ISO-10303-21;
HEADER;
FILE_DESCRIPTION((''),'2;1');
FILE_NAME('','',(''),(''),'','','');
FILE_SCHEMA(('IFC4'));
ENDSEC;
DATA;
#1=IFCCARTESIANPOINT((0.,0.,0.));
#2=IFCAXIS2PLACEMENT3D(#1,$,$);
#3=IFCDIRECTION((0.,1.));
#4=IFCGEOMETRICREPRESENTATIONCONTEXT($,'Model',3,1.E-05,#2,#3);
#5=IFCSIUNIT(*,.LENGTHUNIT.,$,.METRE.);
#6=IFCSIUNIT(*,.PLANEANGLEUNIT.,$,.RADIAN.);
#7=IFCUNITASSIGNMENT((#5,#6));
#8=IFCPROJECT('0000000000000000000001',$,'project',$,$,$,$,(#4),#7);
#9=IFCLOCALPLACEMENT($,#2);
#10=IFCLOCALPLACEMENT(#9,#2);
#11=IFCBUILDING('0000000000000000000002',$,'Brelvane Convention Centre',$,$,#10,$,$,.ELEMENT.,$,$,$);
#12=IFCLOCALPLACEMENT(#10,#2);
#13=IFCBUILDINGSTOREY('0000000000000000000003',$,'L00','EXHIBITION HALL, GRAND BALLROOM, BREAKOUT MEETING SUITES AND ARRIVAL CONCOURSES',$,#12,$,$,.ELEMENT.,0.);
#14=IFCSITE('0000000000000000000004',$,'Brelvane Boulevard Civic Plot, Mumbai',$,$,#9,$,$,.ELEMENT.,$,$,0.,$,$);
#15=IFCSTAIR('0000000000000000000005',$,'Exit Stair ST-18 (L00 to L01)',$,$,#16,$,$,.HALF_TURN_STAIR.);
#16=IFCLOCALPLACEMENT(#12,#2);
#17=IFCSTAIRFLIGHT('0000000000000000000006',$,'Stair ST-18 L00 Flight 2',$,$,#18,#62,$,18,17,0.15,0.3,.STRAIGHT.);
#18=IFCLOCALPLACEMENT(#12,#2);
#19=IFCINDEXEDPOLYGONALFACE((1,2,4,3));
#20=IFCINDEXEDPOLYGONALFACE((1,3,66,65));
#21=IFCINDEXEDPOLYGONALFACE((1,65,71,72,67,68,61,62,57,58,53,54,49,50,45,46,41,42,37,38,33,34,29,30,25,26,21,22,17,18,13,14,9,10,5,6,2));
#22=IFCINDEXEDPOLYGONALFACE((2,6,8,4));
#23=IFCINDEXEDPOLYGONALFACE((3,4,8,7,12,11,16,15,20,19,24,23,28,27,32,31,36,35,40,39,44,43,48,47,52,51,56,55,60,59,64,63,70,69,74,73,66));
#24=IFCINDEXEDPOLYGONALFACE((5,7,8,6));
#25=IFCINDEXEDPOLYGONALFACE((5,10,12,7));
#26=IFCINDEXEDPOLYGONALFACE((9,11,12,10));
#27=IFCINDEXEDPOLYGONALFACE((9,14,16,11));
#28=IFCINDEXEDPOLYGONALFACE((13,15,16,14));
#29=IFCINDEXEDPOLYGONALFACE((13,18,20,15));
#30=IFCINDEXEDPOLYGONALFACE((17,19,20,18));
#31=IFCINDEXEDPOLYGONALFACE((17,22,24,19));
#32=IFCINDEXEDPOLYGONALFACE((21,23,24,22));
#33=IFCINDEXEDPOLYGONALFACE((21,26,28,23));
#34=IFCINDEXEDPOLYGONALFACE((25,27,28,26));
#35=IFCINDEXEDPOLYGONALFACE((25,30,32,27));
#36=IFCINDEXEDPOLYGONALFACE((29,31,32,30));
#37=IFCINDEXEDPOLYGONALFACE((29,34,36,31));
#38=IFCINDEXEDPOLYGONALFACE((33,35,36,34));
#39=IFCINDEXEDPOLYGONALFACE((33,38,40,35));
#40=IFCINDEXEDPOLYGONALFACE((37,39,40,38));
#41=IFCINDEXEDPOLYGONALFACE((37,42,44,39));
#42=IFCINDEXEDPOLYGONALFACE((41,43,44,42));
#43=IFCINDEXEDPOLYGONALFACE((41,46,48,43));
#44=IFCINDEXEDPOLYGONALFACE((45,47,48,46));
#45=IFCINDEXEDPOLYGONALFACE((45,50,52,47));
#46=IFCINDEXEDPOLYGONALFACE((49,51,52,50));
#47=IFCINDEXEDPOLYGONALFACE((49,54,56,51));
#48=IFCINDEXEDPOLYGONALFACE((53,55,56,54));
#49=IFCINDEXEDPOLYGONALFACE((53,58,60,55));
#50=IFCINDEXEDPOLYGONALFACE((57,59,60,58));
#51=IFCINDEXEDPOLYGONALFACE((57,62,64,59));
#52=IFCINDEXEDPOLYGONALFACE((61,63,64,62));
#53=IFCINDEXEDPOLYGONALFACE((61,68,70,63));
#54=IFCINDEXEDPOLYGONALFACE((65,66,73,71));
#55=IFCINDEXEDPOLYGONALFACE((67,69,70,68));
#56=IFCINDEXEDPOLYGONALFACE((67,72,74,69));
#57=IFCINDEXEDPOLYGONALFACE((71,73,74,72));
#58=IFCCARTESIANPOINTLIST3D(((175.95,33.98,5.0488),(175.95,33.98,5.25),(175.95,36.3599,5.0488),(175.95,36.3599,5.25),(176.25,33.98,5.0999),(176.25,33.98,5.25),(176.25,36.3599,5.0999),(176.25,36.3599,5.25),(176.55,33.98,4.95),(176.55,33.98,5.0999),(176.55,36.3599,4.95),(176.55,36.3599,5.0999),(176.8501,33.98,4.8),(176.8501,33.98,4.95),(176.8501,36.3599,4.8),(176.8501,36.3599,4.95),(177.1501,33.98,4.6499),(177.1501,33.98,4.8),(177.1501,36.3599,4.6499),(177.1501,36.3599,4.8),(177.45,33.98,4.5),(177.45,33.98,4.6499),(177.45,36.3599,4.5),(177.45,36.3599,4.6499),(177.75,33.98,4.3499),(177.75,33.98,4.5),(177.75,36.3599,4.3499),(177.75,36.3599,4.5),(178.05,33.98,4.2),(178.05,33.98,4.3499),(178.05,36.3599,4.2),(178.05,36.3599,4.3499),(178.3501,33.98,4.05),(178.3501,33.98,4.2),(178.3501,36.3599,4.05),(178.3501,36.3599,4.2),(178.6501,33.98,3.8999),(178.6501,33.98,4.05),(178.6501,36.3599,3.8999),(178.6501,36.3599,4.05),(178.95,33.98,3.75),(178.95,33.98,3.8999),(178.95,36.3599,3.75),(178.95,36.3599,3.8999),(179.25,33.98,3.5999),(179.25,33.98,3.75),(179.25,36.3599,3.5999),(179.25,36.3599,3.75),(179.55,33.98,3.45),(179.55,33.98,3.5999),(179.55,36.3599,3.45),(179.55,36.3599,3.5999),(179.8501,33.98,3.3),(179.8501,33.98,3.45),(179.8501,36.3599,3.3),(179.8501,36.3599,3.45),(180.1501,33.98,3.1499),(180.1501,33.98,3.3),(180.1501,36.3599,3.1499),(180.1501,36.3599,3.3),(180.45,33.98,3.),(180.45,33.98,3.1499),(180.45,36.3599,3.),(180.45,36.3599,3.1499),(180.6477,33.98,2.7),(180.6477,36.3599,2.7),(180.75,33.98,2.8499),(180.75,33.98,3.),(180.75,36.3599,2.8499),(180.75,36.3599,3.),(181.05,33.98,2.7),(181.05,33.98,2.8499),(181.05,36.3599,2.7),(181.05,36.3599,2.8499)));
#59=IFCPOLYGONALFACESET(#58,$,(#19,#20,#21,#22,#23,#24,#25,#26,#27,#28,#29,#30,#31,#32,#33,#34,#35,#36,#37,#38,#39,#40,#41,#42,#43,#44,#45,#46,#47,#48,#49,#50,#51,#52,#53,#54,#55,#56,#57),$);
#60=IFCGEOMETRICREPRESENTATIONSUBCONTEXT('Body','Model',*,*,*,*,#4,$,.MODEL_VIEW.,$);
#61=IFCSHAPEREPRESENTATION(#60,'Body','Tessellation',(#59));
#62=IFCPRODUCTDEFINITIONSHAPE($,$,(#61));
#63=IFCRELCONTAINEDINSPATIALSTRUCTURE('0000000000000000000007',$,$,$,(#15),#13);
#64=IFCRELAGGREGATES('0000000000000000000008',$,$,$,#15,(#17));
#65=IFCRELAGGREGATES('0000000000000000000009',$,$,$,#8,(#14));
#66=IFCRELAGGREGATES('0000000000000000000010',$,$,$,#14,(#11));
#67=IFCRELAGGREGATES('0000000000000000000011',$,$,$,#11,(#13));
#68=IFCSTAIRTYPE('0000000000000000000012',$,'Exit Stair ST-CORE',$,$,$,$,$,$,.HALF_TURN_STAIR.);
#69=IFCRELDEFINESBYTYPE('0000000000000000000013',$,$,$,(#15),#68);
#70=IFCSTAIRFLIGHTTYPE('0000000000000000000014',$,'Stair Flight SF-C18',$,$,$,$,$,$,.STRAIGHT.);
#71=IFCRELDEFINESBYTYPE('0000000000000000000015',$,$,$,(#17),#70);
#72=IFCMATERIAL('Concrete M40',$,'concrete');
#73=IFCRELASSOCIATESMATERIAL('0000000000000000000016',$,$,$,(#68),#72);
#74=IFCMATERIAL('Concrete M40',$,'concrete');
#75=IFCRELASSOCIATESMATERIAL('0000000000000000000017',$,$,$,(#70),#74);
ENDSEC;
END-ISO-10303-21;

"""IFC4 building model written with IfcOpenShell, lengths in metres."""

from ifc_helpers import new_model, si_unit, direction, frame, origin, place, context, subcontext, project, spatial, polyline, outline, extrude, material, type_object, element, aggregate, save


model = new_model("IFC4")

# Units and contexts
model_context = context("Model", 3, precision=1e-05, world=origin(), true_north=direction((0.0, 1.0)))
body_context = subcontext(model_context, "Body", "Model", "MODEL_VIEW")
ifc_project = project(units=[si_unit("LENGTHUNIT", "METRE"), si_unit("PLANEANGLEUNIT", "RADIAN")], contexts=[model_context])

# Site, building, storey
site_placement = place(None, origin())
site = spatial("IfcSite", under=ifc_project, at=site_placement, Name="Brelvane Boulevard Civic Plot, Mumbai", CompositionType="ELEMENT", RefElevation=0.0)
building_placement = place(site_placement, origin())
building = spatial("IfcBuilding", under=site, at=building_placement, Name="Brelvane Convention Centre", CompositionType="ELEMENT")
storey_placement = place(building_placement, origin())
storey = spatial("IfcBuildingStorey", under=building, at=storey_placement, Name="L00", Description="EXHIBITION HALL, GRAND BALLROOM, BREAKOUT MEETING SUITES AND ARRIVAL CONCOURSES", CompositionType="ELEMENT", Elevation=0.0)

# Stair, stair flight
ifc_material_1 = material(Name="Concrete M40", Category="concrete")
stair_type = type_object("IfcStairType", Name="Exit Stair ST-CORE", PredefinedType="HALF_TURN_STAIR", material=ifc_material_1)
stair_placement = place(storey_placement, origin())
stair = element("IfcStair", 1, at=stair_placement, inside=storey, type_object=stair_type, Name="Exit Stair ST-18 (L00 to L01)", PredefinedType="HALF_TURN_STAIR")
ifc_material_2 = material(Name="Concrete M40", Category="concrete")
stair_flight_type = type_object("IfcStairFlightType", Name="Stair Flight SF-C18", PredefinedType="STRAIGHT", material=ifc_material_2)
stair_flight_placement = place(storey_placement, frame((181.05, 35.1699, 2.7), z_axis=(0.0, 0.0, 1.0), x_axis=(-1.0, 0.0, 0.0)))
stair_flight = element("IfcStairFlight", 2, at=stair_flight_placement, type_object=stair_flight_type, Name="Stair ST-18 L00 Flight 2", NumberOfRisers=18, NumberOfTreads=17, PredefinedType="STRAIGHT", RiserHeight=0.15, TreadLength=0.3, context=body_context, shape_type="SweptSolid", body=[
    extrude(outline(polyline([(0.0, 0.0), (0.0, 0.1499), (0.3, 0.1499), (0.3, 0.3), (0.6001, 0.3), (0.6001, 0.45), (0.8999, 0.45), (0.8999, 0.6001), (1.2, 0.6001), (1.2, 0.75), (1.5, 0.75), (1.5, 0.8999), (1.8, 0.8999), (1.8, 1.05), (2.1001, 1.05), (2.1001, 1.2), (2.3999, 1.2), (2.3999, 1.3501), (2.7, 1.3501), (2.7, 1.5), (3.0, 1.5), (3.0, 1.6499), (3.3, 1.6499), (3.3, 1.8), (3.6001, 1.8), (3.6001, 1.95), (3.8999, 1.95), (3.8999, 2.1001), (4.2, 2.1001), (4.2, 2.25), (4.5, 2.25), (4.5, 2.3999), (4.8, 2.3999), (4.8, 2.55), (5.1001, 2.55), (5.1001, 2.7), (5.1001, 2.3489), (0.4023, 0.0), (0.0, 0.0)])), frame((0.0, 1.1899, 0.0), z_axis=(0.0, -1.0, 0.0), x_axis=(1.0, 0.0, 0.0)), (0.0, 0.0, 1.0), 2.3799),
])
aggregate(stair, [stair_flight])

save(model, "model.ifc")
